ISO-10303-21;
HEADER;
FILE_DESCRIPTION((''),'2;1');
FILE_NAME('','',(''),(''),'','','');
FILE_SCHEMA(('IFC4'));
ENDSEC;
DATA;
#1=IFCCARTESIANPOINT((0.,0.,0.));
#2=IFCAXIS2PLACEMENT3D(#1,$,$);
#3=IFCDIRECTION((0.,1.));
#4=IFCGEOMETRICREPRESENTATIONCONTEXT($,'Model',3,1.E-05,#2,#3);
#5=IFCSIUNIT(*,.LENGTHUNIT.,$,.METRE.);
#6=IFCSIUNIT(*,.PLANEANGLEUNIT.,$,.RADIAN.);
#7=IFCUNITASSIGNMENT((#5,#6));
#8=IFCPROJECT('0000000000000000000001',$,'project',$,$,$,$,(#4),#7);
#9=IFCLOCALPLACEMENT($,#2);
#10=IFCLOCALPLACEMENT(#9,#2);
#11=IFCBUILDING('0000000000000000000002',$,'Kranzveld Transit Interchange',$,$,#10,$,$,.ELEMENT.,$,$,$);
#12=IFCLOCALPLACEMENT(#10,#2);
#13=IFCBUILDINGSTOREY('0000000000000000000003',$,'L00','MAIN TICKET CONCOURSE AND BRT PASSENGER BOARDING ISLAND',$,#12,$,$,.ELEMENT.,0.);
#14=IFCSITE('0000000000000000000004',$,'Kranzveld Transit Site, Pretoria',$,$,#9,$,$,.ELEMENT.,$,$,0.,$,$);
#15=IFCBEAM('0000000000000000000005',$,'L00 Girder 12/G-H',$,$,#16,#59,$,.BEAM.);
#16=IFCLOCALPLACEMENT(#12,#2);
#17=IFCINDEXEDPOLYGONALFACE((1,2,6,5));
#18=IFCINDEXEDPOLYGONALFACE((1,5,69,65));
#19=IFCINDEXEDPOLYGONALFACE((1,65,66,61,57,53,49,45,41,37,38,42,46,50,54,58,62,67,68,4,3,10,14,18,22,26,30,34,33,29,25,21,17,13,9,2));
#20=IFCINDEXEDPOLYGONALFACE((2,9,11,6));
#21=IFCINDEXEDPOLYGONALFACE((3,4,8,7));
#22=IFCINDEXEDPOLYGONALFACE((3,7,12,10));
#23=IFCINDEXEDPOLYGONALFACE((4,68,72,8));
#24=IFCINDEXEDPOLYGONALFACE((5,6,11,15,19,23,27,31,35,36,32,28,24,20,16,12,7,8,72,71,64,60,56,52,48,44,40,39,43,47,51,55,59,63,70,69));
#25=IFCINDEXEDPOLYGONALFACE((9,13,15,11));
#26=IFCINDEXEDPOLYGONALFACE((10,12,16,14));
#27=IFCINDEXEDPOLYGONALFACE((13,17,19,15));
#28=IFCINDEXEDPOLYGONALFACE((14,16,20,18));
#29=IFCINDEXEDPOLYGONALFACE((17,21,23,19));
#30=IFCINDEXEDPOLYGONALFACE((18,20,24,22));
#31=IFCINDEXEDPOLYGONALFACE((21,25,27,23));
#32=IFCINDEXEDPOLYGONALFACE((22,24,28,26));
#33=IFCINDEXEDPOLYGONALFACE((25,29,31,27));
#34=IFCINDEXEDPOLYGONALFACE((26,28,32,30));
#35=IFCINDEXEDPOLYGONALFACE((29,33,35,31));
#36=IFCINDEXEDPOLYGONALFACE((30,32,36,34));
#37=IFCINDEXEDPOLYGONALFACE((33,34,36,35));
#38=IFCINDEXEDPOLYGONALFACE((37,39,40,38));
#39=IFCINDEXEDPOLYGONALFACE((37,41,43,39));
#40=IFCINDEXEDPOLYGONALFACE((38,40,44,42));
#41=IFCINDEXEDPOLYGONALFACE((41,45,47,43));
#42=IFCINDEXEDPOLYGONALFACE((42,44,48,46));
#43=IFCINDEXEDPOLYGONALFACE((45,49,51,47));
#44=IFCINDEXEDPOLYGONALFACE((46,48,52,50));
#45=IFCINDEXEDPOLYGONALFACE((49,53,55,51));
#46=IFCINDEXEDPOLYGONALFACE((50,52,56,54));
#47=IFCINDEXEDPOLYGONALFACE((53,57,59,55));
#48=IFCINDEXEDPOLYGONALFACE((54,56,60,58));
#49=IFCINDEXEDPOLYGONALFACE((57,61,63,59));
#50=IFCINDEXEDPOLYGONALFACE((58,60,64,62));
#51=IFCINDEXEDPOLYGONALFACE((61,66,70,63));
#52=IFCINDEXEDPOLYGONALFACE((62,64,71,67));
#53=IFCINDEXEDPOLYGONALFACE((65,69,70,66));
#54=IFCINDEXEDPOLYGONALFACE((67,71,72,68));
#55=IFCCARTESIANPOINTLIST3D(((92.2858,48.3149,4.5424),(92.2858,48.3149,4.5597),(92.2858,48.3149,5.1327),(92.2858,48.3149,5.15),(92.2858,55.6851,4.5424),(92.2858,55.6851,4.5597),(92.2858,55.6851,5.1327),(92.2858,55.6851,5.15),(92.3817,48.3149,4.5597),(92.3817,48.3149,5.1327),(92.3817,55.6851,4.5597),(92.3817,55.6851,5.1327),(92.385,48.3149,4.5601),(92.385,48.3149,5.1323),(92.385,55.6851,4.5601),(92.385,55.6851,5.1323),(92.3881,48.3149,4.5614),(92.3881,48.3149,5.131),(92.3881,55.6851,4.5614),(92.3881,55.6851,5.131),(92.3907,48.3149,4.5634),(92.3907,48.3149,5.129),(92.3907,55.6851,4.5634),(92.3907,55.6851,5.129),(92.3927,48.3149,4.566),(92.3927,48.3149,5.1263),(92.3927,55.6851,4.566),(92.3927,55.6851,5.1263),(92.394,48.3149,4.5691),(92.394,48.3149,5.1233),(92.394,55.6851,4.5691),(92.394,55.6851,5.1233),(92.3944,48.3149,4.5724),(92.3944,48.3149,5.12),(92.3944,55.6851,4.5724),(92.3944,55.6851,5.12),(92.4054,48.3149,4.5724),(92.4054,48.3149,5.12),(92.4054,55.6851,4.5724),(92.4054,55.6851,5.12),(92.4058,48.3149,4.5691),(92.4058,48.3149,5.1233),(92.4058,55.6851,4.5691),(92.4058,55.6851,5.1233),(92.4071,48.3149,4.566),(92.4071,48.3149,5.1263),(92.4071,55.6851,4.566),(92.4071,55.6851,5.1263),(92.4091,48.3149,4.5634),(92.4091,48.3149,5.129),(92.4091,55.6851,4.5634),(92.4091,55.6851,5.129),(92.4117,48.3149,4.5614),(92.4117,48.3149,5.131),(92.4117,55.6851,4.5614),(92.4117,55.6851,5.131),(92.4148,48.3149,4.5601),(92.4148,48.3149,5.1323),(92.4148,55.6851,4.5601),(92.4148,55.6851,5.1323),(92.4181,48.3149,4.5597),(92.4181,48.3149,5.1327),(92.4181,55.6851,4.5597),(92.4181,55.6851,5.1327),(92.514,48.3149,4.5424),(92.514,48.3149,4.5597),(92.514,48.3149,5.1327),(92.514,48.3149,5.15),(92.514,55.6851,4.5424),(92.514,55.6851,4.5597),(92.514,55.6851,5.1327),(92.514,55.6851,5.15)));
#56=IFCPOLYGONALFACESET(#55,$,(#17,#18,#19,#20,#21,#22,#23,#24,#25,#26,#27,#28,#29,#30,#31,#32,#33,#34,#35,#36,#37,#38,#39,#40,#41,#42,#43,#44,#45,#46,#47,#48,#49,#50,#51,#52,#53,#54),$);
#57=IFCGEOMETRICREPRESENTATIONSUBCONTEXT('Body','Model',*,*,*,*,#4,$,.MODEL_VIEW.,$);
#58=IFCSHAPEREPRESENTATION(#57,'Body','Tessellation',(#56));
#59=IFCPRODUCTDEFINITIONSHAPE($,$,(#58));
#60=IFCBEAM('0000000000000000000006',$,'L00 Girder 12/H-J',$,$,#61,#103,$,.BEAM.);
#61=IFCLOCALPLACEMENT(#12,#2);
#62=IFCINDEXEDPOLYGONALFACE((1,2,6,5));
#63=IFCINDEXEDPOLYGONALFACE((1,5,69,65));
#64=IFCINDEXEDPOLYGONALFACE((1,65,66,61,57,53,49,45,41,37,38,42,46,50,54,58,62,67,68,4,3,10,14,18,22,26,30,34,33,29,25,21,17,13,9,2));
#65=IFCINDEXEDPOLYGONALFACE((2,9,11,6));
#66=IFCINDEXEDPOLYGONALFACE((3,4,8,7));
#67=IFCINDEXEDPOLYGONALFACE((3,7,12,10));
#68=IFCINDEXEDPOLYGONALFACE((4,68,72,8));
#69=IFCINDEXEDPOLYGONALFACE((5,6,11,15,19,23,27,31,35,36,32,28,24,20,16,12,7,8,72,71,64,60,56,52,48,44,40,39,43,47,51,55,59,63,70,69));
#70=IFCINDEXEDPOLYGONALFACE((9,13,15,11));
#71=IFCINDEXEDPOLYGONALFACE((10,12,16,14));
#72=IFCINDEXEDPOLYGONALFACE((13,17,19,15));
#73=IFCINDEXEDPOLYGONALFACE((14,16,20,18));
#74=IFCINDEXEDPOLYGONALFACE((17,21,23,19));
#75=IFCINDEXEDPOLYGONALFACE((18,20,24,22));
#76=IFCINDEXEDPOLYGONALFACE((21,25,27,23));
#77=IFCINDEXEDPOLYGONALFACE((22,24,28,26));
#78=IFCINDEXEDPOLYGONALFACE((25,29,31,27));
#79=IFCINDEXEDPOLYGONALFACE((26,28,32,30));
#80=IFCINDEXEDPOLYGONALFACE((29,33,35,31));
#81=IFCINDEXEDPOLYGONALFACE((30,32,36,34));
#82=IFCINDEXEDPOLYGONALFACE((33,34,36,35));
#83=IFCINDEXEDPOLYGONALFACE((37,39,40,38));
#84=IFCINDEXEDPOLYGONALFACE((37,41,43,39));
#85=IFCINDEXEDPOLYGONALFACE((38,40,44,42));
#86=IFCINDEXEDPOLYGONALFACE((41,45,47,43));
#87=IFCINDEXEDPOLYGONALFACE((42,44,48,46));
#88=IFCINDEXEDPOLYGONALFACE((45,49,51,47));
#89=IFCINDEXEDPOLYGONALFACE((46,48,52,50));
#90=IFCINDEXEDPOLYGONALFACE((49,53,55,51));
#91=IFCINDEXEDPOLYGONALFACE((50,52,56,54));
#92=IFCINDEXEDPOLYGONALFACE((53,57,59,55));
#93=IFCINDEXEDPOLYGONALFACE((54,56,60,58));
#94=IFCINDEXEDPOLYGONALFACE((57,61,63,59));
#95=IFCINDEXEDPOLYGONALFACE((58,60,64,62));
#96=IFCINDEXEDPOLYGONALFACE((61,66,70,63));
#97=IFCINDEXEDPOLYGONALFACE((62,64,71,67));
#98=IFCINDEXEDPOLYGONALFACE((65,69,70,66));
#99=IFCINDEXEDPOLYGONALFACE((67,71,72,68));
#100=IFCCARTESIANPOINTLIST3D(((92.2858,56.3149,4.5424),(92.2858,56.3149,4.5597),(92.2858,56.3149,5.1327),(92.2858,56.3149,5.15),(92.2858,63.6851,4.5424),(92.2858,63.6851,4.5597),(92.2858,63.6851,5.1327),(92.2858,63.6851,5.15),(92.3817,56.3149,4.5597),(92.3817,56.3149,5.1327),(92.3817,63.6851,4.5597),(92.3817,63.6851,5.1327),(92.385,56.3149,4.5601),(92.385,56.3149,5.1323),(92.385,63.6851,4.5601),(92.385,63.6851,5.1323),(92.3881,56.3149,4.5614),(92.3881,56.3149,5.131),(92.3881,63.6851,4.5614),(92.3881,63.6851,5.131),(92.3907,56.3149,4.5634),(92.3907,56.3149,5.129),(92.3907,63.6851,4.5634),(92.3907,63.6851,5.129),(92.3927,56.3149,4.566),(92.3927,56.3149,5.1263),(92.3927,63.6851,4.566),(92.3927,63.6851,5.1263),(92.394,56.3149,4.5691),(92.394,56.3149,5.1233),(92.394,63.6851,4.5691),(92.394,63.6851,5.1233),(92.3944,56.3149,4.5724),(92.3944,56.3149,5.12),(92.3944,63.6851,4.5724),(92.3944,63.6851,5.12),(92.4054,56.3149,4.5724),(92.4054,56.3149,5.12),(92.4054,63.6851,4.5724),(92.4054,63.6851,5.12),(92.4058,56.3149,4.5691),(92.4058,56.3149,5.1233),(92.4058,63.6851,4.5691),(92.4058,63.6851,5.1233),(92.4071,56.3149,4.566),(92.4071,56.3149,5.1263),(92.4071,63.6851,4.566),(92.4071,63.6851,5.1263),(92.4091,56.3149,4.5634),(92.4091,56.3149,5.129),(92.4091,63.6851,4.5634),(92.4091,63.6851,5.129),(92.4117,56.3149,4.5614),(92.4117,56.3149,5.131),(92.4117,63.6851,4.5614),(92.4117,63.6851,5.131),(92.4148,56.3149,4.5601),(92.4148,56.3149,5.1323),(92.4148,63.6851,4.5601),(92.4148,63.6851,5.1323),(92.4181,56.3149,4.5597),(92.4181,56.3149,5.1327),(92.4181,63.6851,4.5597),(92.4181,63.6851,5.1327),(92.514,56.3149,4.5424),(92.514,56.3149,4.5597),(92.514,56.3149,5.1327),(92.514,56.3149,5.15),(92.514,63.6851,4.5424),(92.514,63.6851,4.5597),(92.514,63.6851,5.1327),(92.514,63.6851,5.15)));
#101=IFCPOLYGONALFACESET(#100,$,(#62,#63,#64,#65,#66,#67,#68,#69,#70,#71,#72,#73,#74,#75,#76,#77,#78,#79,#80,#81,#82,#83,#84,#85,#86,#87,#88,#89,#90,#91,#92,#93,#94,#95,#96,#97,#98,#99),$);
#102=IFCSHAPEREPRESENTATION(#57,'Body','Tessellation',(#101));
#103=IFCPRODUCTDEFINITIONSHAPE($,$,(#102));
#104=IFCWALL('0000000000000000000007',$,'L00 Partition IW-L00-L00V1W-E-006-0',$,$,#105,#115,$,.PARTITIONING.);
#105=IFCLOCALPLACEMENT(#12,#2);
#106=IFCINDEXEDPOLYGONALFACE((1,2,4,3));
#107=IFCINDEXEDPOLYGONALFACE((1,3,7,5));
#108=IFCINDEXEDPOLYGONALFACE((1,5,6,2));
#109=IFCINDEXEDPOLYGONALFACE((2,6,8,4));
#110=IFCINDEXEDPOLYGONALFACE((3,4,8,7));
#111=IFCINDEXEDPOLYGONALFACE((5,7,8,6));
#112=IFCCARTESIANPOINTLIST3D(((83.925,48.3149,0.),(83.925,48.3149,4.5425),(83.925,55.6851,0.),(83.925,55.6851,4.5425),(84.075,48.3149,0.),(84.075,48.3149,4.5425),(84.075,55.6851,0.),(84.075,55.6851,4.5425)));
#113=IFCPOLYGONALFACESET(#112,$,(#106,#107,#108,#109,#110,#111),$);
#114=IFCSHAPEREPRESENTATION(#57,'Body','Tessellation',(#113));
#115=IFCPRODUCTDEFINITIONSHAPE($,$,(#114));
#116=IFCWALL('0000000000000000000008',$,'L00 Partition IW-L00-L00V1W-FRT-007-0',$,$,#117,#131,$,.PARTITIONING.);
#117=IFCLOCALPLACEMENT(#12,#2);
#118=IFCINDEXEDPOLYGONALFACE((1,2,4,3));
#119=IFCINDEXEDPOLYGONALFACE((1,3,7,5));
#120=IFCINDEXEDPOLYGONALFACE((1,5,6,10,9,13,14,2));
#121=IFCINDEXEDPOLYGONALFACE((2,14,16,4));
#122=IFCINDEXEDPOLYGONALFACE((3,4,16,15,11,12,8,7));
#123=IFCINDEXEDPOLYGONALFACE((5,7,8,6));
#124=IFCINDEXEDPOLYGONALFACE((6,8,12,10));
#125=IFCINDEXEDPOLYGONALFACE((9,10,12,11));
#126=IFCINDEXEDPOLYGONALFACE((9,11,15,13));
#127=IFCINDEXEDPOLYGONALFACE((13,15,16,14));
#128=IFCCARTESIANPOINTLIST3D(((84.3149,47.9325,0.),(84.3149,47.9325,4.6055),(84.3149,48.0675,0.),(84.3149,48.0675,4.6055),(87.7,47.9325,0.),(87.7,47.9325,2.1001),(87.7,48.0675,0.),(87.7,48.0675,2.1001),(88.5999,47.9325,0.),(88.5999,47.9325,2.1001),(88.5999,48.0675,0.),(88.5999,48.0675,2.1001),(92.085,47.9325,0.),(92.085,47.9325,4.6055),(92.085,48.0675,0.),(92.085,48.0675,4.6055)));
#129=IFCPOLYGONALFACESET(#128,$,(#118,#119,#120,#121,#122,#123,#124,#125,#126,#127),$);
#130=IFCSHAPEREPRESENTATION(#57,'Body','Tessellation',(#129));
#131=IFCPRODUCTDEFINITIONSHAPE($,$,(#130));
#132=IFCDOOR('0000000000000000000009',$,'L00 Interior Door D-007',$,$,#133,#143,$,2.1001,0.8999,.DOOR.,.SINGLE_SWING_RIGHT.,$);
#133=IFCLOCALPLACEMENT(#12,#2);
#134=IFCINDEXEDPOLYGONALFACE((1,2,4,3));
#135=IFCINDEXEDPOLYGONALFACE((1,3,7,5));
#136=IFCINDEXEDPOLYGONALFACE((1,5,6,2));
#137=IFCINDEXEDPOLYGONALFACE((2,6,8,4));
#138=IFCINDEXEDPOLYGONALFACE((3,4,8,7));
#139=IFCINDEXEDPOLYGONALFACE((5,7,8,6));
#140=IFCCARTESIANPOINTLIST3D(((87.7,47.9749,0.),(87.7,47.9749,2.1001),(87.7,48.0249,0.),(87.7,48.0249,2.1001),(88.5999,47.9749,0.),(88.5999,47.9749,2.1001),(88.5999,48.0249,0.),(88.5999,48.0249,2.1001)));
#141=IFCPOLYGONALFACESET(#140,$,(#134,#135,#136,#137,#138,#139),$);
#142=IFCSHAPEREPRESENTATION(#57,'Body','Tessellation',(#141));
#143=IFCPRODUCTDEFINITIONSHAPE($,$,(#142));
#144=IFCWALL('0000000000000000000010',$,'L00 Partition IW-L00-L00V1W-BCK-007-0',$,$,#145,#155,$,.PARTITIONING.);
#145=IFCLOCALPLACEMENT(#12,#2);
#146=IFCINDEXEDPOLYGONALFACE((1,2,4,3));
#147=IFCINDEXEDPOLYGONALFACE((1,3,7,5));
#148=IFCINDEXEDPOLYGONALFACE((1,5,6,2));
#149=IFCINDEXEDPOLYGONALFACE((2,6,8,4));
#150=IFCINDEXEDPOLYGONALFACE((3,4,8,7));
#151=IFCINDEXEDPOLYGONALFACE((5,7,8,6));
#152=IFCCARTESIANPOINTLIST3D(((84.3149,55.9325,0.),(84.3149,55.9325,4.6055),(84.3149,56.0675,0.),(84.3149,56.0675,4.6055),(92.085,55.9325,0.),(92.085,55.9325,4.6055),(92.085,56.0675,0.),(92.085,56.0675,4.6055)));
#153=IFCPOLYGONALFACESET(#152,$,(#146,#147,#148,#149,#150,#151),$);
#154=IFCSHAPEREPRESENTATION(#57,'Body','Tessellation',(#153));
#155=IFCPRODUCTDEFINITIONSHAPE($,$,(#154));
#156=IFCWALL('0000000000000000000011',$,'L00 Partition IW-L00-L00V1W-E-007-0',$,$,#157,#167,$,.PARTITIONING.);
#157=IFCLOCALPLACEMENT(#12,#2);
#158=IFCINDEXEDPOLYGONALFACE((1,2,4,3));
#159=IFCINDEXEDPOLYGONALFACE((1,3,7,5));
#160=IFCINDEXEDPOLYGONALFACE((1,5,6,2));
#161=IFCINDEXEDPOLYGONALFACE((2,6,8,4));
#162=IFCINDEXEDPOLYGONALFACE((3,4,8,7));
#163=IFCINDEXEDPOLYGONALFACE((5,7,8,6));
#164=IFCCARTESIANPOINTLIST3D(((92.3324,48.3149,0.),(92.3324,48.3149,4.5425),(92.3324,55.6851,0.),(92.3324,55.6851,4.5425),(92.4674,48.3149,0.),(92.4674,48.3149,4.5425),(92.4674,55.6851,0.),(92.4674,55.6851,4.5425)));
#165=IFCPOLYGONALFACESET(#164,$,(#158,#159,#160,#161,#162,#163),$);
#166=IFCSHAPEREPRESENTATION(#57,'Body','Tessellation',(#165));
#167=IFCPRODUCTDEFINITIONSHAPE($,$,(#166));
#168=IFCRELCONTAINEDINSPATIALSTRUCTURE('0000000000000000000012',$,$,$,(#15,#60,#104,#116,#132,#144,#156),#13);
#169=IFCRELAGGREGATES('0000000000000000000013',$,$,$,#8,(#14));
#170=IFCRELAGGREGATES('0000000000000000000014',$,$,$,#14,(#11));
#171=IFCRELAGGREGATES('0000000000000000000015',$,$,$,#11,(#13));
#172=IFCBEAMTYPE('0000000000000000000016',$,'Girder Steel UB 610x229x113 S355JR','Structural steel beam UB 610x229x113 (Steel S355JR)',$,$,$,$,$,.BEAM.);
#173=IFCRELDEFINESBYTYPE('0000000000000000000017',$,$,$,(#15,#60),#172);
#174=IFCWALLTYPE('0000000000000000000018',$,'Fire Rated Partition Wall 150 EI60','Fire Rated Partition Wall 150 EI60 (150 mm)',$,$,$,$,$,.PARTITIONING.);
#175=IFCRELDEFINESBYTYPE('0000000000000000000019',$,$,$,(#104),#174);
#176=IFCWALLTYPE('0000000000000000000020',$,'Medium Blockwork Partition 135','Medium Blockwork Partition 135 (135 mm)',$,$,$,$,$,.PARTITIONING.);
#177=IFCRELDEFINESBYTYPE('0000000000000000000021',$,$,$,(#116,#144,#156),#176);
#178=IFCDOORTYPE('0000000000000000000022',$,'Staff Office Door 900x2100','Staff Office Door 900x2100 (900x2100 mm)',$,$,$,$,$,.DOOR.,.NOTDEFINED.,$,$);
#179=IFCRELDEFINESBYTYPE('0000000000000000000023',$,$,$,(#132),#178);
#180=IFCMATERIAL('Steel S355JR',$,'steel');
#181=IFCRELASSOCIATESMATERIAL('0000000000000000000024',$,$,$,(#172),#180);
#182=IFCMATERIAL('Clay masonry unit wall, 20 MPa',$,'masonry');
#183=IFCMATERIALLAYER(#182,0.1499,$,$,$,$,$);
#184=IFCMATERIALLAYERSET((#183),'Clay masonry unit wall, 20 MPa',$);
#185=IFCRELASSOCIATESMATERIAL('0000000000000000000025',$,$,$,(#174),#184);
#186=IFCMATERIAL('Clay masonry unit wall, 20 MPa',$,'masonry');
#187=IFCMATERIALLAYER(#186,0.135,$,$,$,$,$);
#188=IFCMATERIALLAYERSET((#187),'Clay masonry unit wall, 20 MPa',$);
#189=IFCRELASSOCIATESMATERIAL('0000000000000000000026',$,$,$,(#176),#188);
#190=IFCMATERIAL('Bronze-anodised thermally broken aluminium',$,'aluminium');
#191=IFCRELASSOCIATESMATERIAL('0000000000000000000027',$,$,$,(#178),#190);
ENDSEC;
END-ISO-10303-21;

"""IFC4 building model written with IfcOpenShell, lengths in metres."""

from ifc_helpers import new_model, si_unit, direction, frame, frame_2d, origin, origin_2d, place, context, subcontext, project, spatial, rectangle, i_section, extrude, material, layer, layer_set, material_profile, profile_set, type_object, element, fill, save


model = new_model("IFC4")

# Units and contexts
model_context = context("Model", 3, precision=1e-05, world=origin(), true_north=direction((0.0, 1.0)))
body_context = subcontext(model_context, "Body", "Model", "MODEL_VIEW")
ifc_project = project(units=[si_unit("LENGTHUNIT", "METRE"), si_unit("PLANEANGLEUNIT", "RADIAN")], contexts=[model_context])

# Site, building, storey
site_placement = place(None, origin())
site = spatial("IfcSite", under=ifc_project, at=site_placement, Name="Kranzveld Transit Site, Pretoria", CompositionType="ELEMENT", RefElevation=0.0)
building_placement = place(site_placement, origin())
building = spatial("IfcBuilding", under=site, at=building_placement, Name="Kranzveld Transit Interchange", CompositionType="ELEMENT")
storey_placement = place(building_placement, origin())
storey = spatial("IfcBuildingStorey", under=building, at=storey_placement, Name="L00", Description="MAIN TICKET CONCOURSE AND BRT PASSENGER BOARDING ISLAND", CompositionType="ELEMENT", Elevation=0.0)

# Beams
ifc_material_1 = material(Name="Steel S355JR", Category="steel")
ifc_material_profile_1 = material_profile(ifc_material_1, i_section(OverallWidth=0.2283, OverallDepth=0.6077, WebThickness=0.011, FlangeThickness=0.0173, FilletRadius=0.0127, at=origin_2d()), Name="UB 610x229x113")
ifc_profile_set_1 = profile_set([ifc_material_profile_1], Name="Steel S355JR")
beam_type_1 = type_object("IfcBeamType", Name="Girder Steel UB 610x229x113 S355JR", Description="Structural steel beam UB 610x229x113 (Steel S355JR)", PredefinedType="BEAM", material=ifc_profile_set_1)
for number, where, z_axis, x_axis, name in (
    (1, (92.3999, 48.3149, 4.8462), (0.0, 1.0, 0.0), (-1.0, 0.0, 0.0), "L00 Girder 12/G-H"),
    (2, (92.3999, 56.3149, 4.8462), (0.0, 1.0, 0.0), (-1.0, 0.0, 0.0), "L00 Girder 12/H-J"),
):
    element("IfcBeam", number, at=place(storey_placement, frame(where, z_axis=z_axis, x_axis=x_axis)), inside=storey, type_object=beam_type_1, Name=name, PredefinedType="BEAM", context=body_context, shape_type="SweptSolid", body=[
        extrude(i_section(OverallWidth=0.2283, OverallDepth=0.6077, WebThickness=0.011, FlangeThickness=0.0173, FilletRadius=0.0127, at=origin_2d()), origin(), (0.0, 0.0, 1.0), 7.3701),
    ])

# Wall
ifc_material_2 = material(Name="Clay masonry unit wall, 20 MPa", Category="masonry")
ifc_layer_1 = layer(ifc_material_2, 0.1499)
ifc_layer_set_1 = layer_set([ifc_layer_1], Name="Clay masonry unit wall, 20 MPa")
wall_type_1 = type_object("IfcWallType", Name="Fire Rated Partition Wall 150 EI60", Description="Fire Rated Partition Wall 150 EI60 (150 mm)", PredefinedType="PARTITIONING", material=ifc_layer_set_1)
wall_1_placement = place(storey_placement, frame((84.0, 48.3149, 0.0), z_axis=(0.0, 0.0, 1.0), x_axis=(0.0, 1.0, 0.0)))
element("IfcWall", 3, at=wall_1_placement, inside=storey, type_object=wall_type_1, Name="L00 Partition IW-L00-L00V1W-E-006-0", PredefinedType="PARTITIONING", context=body_context, shape_type="SweptSolid", body=[
    extrude(rectangle(XDim=7.3701, YDim=0.1499, at=frame_2d((3.6851, 0.0))), origin(), (0.0, 0.0, 1.0), 4.5425),
])

# Wall, opening, door
ifc_material_3 = material(Name="Clay masonry unit wall, 20 MPa", Category="masonry")
ifc_layer_2 = layer(ifc_material_3, 0.135)
ifc_layer_set_2 = layer_set([ifc_layer_2], Name="Clay masonry unit wall, 20 MPa")
wall_type_2 = type_object("IfcWallType", Name="Medium Blockwork Partition 135", Description="Medium Blockwork Partition 135 (135 mm)", PredefinedType="PARTITIONING", material=ifc_layer_set_2)
wall_2_placement = place(storey_placement, frame((84.3149, 48.0, 0.0), z_axis=(0.0, 0.0, 1.0), x_axis=(1.0, 0.0, 0.0)))
wall_2 = element("IfcWall", 4, at=wall_2_placement, inside=storey, type_object=wall_type_2, Name="L00 Partition IW-L00-L00V1W-FRT-007-0", PredefinedType="PARTITIONING", context=body_context, shape_type="SweptSolid", body=[
    extrude(rectangle(XDim=7.77, YDim=0.135, at=frame_2d((3.885, 0.0))), origin(), (0.0, 0.0, 1.0), 4.6055),
])
opening_1_placement = place(wall_2_placement, frame((3.385, 0.0, 0.0), z_axis=(0.0, 0.0, 1.0), x_axis=(1.0, 0.0, 0.0)))
opening_1 = element("IfcOpeningElement", 5, at=opening_1_placement, cuts=wall_2, PredefinedType="OPENING", context=body_context, shape_type="SweptSolid", body=[
    extrude(rectangle(XDim=0.8999, YDim=2.1001, at=frame_2d((0.45, 1.05))), frame((0.0, 0.0774, 0.0), z_axis=(0.0, -1.0, 0.0), x_axis=(1.0, 0.0, 0.0)), (0.0, 0.0, 1.0), 0.155),
])
ifc_material_4 = material(Name="Bronze-anodised thermally broken aluminium", Category="aluminium")
door_type_1 = type_object("IfcDoorType", Name="Staff Office Door 900x2100", Description="Staff Office Door 900x2100 (900x2100 mm)", OperationType="NOTDEFINED", PredefinedType="DOOR", material=ifc_material_4)
door_1_placement = place(opening_1_placement, origin())
door_1 = element("IfcDoor", 6, at=door_1_placement, inside=storey, type_object=door_type_1, Name="L00 Interior Door D-007", OperationType="SINGLE_SWING_RIGHT", OverallHeight=2.1001, OverallWidth=0.8999, PredefinedType="DOOR", context=body_context, shape_type="SweptSolid", body=[
    extrude(rectangle(XDim=0.8999, YDim=2.1001, at=frame_2d((0.45, 1.05))), frame((0.0, 0.0249, 0.0), z_axis=(0.0, -1.0, 0.0), x_axis=(1.0, 0.0, 0.0)), (0.0, 0.0, 1.0), 0.05),
])
fill(opening_1, door_1)

# Walls
wall_3_placement = place(storey_placement, frame((84.3149, 56.0, 0.0), z_axis=(0.0, 0.0, 1.0), x_axis=(1.0, 0.0, 0.0)))
element("IfcWall", 7, at=wall_3_placement, inside=storey, type_object=wall_type_2, Name="L00 Partition IW-L00-L00V1W-BCK-007-0", PredefinedType="PARTITIONING", context=body_context, shape_type="SweptSolid", body=[
    extrude(rectangle(XDim=7.77, YDim=0.135, at=frame_2d((3.885, 0.0))), origin(), (0.0, 0.0, 1.0), 4.6055),
])
wall_4_placement = place(storey_placement, frame((92.3999, 48.3149, 0.0), z_axis=(0.0, 0.0, 1.0), x_axis=(0.0, 1.0, 0.0)))
element("IfcWall", 8, at=wall_4_placement, inside=storey, type_object=wall_type_2, Name="L00 Partition IW-L00-L00V1W-E-007-0", PredefinedType="PARTITIONING", context=body_context, shape_type="SweptSolid", body=[
    extrude(rectangle(XDim=7.3701, YDim=0.135, at=frame_2d((3.6851, 0.0))), origin(), (0.0, 0.0, 1.0), 4.5425),
])

save(model, "model.ifc")
